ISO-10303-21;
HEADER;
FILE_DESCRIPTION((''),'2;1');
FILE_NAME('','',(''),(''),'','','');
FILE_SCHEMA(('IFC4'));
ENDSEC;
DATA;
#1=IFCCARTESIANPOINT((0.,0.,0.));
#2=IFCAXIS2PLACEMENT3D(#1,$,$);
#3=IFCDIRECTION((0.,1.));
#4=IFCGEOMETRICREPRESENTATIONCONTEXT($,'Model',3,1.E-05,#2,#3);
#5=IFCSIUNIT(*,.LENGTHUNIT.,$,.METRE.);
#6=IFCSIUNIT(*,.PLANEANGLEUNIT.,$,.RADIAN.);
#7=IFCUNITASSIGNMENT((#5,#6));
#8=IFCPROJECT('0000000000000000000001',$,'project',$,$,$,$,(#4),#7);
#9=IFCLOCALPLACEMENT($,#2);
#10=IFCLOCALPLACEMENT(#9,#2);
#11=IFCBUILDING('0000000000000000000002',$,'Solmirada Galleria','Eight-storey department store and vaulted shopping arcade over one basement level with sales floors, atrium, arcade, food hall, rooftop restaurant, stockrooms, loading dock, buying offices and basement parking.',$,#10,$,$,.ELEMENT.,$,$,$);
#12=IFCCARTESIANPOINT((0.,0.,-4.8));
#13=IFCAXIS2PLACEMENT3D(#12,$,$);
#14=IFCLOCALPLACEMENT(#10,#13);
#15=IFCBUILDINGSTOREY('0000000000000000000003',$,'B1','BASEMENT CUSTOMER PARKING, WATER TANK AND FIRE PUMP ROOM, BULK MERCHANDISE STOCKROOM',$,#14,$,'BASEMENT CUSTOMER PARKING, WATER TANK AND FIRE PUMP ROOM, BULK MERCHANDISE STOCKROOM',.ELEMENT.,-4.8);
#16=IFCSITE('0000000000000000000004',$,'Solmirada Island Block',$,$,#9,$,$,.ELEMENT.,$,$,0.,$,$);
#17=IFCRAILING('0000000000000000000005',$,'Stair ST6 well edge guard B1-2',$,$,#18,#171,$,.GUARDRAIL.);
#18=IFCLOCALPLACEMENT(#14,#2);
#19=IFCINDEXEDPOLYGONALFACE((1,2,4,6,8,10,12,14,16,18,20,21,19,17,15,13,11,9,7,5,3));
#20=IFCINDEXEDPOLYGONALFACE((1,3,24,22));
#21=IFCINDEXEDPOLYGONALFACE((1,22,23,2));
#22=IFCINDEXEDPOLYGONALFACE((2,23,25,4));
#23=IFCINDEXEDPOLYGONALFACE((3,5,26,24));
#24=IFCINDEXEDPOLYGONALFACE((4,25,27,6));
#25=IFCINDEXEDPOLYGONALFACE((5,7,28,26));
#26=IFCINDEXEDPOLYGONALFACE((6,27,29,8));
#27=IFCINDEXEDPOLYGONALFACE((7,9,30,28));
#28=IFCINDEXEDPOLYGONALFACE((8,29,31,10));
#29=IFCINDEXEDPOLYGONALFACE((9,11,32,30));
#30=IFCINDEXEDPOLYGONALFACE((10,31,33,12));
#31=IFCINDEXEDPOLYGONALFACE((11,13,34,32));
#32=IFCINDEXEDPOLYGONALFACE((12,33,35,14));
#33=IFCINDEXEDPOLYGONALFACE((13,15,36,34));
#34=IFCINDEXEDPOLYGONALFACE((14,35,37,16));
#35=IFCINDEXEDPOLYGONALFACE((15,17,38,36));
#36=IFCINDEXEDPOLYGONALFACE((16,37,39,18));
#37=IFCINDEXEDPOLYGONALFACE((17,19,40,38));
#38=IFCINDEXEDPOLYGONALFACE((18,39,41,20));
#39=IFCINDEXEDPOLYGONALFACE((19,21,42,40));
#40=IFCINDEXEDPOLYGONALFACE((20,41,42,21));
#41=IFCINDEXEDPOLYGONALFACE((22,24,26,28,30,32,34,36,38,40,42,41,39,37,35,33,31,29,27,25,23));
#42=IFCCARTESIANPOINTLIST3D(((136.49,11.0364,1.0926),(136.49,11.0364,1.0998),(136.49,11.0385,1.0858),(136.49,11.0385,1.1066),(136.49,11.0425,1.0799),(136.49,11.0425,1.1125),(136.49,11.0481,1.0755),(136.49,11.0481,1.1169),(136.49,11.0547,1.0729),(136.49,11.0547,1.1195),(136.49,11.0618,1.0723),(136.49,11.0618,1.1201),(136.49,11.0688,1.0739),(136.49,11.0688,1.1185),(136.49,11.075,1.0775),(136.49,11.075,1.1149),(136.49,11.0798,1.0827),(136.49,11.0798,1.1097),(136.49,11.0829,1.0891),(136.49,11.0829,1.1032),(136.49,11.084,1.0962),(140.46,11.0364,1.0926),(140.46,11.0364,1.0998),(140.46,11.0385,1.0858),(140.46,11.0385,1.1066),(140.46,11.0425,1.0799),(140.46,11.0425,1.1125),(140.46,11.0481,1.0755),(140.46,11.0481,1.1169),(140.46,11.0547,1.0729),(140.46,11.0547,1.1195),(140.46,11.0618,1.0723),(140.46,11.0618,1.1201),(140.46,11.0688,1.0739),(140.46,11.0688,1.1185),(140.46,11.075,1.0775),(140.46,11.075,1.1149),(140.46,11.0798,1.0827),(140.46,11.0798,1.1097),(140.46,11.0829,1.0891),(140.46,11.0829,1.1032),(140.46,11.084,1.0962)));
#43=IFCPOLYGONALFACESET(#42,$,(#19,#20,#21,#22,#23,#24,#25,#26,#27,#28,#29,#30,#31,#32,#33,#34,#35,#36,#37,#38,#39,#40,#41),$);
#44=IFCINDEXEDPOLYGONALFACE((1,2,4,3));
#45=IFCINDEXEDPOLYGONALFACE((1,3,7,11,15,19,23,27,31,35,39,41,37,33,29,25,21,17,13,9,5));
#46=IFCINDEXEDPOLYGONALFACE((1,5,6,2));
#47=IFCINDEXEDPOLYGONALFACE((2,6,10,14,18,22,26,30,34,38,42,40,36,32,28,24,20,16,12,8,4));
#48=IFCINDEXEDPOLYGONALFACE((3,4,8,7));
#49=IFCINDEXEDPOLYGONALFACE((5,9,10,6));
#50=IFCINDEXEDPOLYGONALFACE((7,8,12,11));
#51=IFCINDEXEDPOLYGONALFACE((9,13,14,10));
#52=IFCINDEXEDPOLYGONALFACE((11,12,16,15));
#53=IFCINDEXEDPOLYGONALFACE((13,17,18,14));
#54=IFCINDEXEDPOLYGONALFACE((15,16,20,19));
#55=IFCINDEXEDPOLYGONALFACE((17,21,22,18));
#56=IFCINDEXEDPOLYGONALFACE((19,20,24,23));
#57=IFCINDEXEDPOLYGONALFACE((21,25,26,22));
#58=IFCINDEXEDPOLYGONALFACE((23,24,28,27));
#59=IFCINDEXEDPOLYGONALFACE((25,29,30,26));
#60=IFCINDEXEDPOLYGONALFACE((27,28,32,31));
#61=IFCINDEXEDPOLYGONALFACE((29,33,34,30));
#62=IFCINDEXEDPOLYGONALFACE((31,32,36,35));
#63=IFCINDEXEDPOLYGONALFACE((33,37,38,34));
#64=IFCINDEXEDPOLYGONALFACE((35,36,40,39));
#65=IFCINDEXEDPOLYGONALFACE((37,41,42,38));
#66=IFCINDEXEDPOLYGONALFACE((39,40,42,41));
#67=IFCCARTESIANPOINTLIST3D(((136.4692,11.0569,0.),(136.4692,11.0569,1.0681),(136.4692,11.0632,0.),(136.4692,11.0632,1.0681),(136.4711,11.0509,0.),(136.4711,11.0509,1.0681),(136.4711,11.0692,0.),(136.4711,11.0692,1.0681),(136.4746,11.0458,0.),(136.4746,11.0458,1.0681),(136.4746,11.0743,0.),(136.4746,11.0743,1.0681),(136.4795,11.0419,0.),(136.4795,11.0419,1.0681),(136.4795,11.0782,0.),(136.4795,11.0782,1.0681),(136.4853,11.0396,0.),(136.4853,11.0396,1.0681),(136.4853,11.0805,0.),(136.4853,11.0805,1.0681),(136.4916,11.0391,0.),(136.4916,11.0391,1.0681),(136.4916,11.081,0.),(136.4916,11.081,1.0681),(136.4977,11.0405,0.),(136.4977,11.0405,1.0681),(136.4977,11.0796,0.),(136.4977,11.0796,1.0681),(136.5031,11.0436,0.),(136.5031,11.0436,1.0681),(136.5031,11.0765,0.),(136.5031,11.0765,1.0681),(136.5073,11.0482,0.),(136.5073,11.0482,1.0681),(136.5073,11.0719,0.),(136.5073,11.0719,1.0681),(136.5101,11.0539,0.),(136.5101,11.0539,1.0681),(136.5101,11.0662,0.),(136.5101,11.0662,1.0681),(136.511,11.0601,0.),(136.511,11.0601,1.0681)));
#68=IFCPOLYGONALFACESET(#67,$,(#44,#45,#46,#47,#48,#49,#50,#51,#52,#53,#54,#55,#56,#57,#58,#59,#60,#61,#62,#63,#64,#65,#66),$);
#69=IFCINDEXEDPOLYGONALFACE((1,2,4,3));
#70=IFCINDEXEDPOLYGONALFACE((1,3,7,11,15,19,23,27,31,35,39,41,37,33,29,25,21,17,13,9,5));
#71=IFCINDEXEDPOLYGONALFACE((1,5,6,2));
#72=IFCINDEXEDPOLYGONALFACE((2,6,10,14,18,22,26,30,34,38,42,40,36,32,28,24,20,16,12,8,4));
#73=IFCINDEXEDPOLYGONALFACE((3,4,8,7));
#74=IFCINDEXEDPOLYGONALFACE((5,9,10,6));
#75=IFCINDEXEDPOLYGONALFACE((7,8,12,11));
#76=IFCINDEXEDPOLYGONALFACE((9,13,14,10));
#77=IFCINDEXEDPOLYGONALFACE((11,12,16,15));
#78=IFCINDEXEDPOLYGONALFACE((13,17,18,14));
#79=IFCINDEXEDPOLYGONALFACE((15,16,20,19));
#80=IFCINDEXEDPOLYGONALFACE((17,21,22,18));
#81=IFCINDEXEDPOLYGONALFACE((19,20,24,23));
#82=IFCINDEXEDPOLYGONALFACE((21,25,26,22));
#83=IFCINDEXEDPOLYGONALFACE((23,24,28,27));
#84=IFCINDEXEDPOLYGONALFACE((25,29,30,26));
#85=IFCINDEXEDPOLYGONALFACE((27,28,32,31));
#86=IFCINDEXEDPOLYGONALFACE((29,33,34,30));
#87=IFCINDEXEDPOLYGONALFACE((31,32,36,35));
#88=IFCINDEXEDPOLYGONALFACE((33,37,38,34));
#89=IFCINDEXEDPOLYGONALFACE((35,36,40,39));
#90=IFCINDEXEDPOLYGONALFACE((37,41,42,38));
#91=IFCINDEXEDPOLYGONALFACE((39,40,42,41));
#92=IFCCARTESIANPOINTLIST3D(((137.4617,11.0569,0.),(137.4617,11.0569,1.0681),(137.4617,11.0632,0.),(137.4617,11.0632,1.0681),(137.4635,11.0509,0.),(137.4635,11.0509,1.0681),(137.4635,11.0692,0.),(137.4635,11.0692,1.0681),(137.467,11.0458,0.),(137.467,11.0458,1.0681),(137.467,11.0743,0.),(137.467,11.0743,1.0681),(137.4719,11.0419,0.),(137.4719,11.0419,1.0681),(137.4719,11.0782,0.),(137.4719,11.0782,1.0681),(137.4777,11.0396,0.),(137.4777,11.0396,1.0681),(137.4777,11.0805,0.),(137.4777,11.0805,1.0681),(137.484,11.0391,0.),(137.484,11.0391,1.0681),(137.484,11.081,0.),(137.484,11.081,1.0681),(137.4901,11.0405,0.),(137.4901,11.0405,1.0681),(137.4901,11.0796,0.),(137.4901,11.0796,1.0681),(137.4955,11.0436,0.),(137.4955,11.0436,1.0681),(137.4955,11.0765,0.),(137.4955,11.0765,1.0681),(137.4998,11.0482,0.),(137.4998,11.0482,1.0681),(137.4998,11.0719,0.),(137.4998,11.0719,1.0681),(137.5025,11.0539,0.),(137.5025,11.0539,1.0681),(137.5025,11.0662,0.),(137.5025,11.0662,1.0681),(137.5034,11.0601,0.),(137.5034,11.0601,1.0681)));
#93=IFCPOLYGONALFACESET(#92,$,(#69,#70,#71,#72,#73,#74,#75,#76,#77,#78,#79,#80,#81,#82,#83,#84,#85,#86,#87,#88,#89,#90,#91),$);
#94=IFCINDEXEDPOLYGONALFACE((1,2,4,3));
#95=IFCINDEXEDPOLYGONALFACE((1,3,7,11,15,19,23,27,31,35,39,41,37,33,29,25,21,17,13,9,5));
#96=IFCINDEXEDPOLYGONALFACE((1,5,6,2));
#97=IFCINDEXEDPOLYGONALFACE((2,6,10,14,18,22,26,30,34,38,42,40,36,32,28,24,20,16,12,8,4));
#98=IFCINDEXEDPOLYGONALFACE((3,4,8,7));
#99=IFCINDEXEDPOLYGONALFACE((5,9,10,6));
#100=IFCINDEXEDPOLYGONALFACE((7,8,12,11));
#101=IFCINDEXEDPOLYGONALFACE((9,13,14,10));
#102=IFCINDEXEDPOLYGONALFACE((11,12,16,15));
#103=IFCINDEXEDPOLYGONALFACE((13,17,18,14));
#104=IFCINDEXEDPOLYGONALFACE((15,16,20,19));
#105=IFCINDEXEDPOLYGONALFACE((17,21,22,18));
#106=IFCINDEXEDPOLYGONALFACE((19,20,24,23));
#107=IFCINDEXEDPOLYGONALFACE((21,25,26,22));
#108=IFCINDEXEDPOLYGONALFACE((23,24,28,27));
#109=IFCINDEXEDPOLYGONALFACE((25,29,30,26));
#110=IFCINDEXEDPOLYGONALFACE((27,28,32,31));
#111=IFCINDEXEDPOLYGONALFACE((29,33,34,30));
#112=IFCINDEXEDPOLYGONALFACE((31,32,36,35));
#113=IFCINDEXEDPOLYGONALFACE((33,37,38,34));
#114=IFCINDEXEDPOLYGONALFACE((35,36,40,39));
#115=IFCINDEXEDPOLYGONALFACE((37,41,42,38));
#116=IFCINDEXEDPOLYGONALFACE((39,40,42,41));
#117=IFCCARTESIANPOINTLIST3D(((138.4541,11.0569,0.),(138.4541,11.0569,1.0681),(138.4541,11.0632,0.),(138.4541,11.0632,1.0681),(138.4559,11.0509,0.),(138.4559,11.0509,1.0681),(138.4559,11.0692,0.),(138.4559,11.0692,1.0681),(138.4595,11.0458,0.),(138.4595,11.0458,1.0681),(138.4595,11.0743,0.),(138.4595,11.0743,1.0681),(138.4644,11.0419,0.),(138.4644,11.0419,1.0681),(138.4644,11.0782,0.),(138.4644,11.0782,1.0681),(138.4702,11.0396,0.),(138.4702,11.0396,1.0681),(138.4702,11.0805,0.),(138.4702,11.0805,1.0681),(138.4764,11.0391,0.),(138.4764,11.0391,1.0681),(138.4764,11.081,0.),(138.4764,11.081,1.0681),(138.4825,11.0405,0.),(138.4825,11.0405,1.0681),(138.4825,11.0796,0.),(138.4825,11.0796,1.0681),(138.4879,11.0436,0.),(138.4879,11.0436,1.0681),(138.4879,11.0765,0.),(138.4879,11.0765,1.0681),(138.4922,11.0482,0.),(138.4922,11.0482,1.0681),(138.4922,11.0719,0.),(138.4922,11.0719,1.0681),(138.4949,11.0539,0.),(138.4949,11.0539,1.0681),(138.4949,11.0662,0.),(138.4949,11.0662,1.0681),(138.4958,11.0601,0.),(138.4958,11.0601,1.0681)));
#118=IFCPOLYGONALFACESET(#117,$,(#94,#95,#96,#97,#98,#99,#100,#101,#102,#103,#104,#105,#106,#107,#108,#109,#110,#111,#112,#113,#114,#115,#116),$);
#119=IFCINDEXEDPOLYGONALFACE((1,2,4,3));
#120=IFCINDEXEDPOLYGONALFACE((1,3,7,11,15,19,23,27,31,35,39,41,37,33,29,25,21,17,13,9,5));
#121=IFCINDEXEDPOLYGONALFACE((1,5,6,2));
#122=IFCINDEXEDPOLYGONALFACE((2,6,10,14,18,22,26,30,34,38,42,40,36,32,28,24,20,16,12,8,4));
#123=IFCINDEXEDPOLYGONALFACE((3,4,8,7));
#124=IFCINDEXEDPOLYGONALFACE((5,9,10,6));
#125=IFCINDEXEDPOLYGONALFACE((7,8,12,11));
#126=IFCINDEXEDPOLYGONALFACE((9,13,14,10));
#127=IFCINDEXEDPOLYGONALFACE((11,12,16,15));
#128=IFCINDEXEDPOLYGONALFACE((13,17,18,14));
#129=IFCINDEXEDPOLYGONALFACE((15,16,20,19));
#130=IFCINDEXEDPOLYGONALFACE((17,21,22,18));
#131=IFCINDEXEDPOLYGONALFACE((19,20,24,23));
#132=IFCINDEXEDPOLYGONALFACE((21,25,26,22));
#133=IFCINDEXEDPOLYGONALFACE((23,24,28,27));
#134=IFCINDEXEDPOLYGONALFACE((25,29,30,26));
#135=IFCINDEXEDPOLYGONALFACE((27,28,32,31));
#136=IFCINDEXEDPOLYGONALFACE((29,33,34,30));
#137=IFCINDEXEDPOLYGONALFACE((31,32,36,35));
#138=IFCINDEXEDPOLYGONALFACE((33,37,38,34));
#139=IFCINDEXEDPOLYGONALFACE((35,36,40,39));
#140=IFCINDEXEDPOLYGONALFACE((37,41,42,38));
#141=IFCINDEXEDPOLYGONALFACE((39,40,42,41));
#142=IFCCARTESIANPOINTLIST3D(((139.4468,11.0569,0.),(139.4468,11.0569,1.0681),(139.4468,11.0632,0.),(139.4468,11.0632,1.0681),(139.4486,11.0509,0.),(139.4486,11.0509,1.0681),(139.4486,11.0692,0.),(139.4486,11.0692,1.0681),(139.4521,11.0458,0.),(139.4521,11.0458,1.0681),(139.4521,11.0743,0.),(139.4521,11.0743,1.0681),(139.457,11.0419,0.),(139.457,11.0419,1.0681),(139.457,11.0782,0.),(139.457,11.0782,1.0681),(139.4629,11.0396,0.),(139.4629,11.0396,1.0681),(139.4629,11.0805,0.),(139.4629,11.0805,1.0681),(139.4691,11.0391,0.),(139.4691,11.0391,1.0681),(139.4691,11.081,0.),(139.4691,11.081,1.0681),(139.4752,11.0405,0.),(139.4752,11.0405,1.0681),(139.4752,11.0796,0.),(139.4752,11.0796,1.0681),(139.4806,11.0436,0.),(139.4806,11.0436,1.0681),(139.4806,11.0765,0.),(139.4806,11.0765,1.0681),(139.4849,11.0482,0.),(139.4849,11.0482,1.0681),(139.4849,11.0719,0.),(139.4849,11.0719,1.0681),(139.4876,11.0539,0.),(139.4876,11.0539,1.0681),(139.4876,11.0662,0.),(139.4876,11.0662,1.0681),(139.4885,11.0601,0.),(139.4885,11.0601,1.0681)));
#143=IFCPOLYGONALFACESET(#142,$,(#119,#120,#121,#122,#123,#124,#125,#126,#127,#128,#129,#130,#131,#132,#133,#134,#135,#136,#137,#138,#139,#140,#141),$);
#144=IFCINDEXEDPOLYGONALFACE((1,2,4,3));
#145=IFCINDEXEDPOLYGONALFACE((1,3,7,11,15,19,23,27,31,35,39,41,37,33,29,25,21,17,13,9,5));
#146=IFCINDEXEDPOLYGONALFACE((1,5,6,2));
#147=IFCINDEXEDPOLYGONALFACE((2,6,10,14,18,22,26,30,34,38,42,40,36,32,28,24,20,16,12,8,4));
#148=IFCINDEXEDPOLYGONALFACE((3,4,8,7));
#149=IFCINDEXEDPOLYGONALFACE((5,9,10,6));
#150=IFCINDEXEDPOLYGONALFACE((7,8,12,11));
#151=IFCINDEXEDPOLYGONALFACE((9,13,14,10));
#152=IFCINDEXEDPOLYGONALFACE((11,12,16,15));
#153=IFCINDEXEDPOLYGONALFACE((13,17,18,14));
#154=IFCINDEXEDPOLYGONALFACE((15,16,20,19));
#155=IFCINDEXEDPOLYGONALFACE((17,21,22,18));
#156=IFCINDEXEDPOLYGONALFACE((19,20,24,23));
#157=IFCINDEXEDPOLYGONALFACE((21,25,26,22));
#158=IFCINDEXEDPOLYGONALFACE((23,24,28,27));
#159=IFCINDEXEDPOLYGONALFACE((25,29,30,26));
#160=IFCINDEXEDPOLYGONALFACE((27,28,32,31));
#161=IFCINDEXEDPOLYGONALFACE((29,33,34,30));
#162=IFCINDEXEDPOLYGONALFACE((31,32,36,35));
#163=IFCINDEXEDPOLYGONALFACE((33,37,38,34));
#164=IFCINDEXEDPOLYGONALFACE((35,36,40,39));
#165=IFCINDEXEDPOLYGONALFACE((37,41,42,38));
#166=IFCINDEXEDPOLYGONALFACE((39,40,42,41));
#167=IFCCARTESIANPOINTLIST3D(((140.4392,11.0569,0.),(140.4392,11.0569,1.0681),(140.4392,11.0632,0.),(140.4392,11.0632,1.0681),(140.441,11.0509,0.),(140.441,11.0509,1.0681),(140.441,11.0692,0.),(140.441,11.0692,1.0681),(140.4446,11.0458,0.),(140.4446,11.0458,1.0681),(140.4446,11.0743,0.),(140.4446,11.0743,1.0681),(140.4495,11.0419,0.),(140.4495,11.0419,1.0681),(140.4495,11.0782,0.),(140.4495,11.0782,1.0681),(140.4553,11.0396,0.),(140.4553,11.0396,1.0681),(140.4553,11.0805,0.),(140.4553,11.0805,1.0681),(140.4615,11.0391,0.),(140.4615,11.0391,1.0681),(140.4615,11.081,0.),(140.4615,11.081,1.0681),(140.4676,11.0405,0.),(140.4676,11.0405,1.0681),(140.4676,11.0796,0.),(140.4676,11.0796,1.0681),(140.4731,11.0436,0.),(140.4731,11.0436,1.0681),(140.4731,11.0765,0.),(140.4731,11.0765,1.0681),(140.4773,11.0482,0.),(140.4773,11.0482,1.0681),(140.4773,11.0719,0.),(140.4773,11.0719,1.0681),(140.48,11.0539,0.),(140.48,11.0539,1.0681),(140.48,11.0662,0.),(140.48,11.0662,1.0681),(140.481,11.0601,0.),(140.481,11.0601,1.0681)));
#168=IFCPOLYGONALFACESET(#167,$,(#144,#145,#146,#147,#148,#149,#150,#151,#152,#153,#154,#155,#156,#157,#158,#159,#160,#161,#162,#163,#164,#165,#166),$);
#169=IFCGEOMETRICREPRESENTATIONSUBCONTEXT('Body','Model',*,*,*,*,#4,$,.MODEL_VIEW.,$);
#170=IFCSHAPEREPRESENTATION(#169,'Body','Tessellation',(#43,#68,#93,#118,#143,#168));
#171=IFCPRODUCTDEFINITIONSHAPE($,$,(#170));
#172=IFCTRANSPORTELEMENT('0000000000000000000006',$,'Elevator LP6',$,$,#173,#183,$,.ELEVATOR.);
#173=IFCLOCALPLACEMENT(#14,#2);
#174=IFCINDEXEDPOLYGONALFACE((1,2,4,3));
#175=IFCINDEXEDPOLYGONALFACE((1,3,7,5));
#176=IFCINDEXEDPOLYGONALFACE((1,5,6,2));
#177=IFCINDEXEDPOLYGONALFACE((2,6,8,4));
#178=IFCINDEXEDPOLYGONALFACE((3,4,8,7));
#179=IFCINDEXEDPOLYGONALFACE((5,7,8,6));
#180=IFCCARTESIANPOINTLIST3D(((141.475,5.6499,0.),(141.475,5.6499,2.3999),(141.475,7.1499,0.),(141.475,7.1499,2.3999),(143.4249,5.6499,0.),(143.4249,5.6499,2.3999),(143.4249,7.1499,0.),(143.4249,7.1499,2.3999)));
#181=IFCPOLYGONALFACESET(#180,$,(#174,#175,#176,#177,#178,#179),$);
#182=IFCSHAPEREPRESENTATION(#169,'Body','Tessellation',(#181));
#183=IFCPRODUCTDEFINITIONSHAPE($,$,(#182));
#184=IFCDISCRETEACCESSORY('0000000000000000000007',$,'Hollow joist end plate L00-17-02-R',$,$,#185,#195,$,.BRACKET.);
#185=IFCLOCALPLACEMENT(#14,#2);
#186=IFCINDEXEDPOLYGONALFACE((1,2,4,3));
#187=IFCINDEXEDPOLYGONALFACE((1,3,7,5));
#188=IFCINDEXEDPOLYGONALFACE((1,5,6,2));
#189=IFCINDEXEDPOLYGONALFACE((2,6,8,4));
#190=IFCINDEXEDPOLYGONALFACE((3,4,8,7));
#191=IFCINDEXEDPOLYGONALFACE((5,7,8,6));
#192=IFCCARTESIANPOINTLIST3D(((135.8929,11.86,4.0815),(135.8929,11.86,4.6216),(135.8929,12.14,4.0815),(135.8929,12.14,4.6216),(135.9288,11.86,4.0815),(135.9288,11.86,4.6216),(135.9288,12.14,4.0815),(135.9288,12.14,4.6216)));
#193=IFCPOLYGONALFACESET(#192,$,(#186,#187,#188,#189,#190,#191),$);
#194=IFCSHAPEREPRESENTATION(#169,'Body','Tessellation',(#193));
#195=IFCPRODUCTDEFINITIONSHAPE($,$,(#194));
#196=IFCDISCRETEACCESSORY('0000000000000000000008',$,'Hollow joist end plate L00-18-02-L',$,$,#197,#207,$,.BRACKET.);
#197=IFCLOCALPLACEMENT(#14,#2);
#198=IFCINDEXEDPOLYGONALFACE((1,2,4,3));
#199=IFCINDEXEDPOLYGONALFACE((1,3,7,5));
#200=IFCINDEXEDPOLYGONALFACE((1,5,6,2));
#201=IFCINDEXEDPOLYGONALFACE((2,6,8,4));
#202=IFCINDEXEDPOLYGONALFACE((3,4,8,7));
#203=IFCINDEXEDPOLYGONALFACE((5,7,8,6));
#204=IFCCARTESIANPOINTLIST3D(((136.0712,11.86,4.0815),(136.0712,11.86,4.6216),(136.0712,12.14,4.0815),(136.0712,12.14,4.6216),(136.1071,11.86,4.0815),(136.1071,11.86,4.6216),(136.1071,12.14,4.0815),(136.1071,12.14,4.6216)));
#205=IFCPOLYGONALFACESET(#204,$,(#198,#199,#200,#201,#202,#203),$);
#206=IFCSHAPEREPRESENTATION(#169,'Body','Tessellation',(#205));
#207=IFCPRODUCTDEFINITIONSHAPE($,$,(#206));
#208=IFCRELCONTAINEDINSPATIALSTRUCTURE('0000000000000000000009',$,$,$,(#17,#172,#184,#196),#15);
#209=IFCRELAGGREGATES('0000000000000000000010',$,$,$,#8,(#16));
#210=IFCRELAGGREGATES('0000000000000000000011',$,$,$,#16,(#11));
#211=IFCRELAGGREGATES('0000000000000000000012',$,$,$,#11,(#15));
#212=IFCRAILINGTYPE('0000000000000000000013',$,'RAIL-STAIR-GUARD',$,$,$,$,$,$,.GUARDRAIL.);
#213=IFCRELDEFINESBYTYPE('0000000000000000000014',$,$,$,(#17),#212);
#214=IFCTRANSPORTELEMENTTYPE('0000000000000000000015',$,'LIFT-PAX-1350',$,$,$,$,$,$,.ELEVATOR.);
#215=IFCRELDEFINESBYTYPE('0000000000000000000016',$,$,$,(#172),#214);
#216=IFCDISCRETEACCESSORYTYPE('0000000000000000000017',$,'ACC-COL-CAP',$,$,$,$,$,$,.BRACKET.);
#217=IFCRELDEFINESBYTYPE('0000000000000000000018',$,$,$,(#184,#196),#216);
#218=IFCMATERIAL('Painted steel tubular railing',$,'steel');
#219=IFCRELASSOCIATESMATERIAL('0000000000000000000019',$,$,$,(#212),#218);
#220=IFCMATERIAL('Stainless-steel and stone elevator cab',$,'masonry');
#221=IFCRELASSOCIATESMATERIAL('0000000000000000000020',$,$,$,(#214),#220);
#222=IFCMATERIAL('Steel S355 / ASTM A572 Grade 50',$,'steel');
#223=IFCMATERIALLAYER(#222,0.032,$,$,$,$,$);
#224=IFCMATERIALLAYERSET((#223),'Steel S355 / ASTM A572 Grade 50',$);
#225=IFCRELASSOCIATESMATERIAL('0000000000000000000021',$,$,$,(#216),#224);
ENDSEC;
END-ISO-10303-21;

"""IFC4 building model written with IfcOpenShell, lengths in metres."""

from ifc_helpers import new_model, si_unit, direction, frame, origin, origin_2d, place, context, subcontext, project, spatial, rectangle, circle, extrude, material, layer, layer_set, type_object, element, save


model = new_model("IFC4")

# Units and contexts
model_context = context("Model", 3, precision=1e-05, world=origin(), true_north=direction((0.0, 1.0)))
body_context = subcontext(model_context, "Body", "Model", "MODEL_VIEW")
ifc_project = project(units=[si_unit("LENGTHUNIT", "METRE"), si_unit("PLANEANGLEUNIT", "RADIAN")], contexts=[model_context])

# Site, building, storey
site_placement = place(None, origin())
site = spatial("IfcSite", under=ifc_project, at=site_placement, Name="Solmirada Island Block", CompositionType="ELEMENT", RefElevation=0.0)
building_placement = place(site_placement, origin())
building = spatial("IfcBuilding", under=site, at=building_placement, Name="Solmirada Galleria", Description="Eight-storey department store and vaulted shopping arcade over one basement level with sales floors, atrium, arcade, food hall, rooftop restaurant, stockrooms, loading dock, buying offices and basement parking.", CompositionType="ELEMENT")
storey_placement = place(building_placement, frame((0.0, 0.0, -4.8)))
storey = spatial("IfcBuildingStorey", under=building, at=storey_placement, Name="B1", Description="BASEMENT CUSTOMER PARKING, WATER TANK AND FIRE PUMP ROOM, BULK MERCHANDISE STOCKROOM", LongName="BASEMENT CUSTOMER PARKING, WATER TANK AND FIRE PUMP ROOM, BULK MERCHANDISE STOCKROOM", CompositionType="ELEMENT", Elevation=-4.8)

# Railing
ifc_material_1 = material(Name="Painted steel tubular railing", Category="steel")
railing_type = type_object("IfcRailingType", Name="RAIL-STAIR-GUARD", PredefinedType="GUARDRAIL", material=ifc_material_1)
railing_1_placement = place(storey_placement, frame((136.49, 11.0601, 0.0)))
element("IfcRailing", 1, at=railing_1_placement, inside=storey, type_object=railing_type, Name="Stair ST6 well edge guard B1-2", PredefinedType="GUARDRAIL", context=body_context, shape_type="SweptSolid", body=[
    extrude(circle(Radius=0.0239, at=origin_2d()), frame((0.0, 0.0, 1.0962), z_axis=(1.0, 0.0, 0.0), x_axis=(0.0, 1.0, 0.0)), (0.0, 0.0, 1.0), 3.97),
    extrude(circle(Radius=0.021, at=origin_2d()), origin(), (0.0, 0.0, 1.0), 1.0681),
    extrude(circle(Radius=0.021, at=origin_2d()), frame((0.9924, 0.0, 0.0)), (0.0, 0.0, 1.0), 1.0681),
    extrude(circle(Radius=0.021, at=origin_2d()), frame((1.9849, 0.0, 0.0)), (0.0, 0.0, 1.0), 1.0681),
    extrude(circle(Radius=0.021, at=origin_2d()), frame((2.9775, 0.0, 0.0)), (0.0, 0.0, 1.0), 1.0681),
    extrude(circle(Radius=0.021, at=origin_2d()), frame((3.97, 0.0, 0.0)), (0.0, 0.0, 1.0), 1.0681),
])

# Transport element
ifc_material_2 = material(Name="Stainless-steel and stone elevator cab", Category="masonry")
transport_element_type = type_object("IfcTransportElementType", Name="LIFT-PAX-1350", PredefinedType="ELEVATOR", material=ifc_material_2)
transport_element_placement = place(storey_placement, frame((142.45, 6.3999, 0.0), z_axis=(0.0, 0.0, 1.0), x_axis=(1.0, 0.0, 0.0)))
element("IfcTransportElement", 2, at=transport_element_placement, inside=storey, type_object=transport_element_type, Name="Elevator LP6", PredefinedType="ELEVATOR", context=body_context, shape_type="SweptSolid", body=[
    extrude(rectangle(XDim=1.95, YDim=1.5, at=origin_2d()), origin(), (0.0, 0.0, 1.0), 2.3999),
])

# Discrete accessories
ifc_material_3 = material(Name="Steel S355 / ASTM A572 Grade 50", Category="steel")
ifc_layer_1 = layer(ifc_material_3, 0.032)
ifc_layer_set_1 = layer_set([ifc_layer_1], Name="Steel S355 / ASTM A572 Grade 50")
discrete_accessory_type = type_object("IfcDiscreteAccessoryType", Name="ACC-COL-CAP", PredefinedType="BRACKET", material=ifc_layer_set_1)
for number, where, z_axis, x_axis, name in (
    (3, (135.9109, 12.0, 4.0815), (0.0, 0.0, 1.0), (1.0, 0.0, 0.0), "Hollow joist end plate L00-17-02-R"),
    (4, (136.0891, 12.0, 4.0815), (0.0, 0.0, 1.0), (1.0, 0.0, 0.0), "Hollow joist end plate L00-18-02-L"),
):
    element("IfcDiscreteAccessory", number, at=place(storey_placement, frame(where, z_axis=z_axis, x_axis=x_axis)), inside=storey, type_object=discrete_accessory_type, Name=name, PredefinedType="BRACKET", context=body_context, shape_type="SweptSolid", body=[
        extrude(rectangle(XDim=0.0359, YDim=0.28, at=origin_2d()), origin(), (0.0, 0.0, 1.0), 0.54),
    ])

save(model, "model.ifc")
